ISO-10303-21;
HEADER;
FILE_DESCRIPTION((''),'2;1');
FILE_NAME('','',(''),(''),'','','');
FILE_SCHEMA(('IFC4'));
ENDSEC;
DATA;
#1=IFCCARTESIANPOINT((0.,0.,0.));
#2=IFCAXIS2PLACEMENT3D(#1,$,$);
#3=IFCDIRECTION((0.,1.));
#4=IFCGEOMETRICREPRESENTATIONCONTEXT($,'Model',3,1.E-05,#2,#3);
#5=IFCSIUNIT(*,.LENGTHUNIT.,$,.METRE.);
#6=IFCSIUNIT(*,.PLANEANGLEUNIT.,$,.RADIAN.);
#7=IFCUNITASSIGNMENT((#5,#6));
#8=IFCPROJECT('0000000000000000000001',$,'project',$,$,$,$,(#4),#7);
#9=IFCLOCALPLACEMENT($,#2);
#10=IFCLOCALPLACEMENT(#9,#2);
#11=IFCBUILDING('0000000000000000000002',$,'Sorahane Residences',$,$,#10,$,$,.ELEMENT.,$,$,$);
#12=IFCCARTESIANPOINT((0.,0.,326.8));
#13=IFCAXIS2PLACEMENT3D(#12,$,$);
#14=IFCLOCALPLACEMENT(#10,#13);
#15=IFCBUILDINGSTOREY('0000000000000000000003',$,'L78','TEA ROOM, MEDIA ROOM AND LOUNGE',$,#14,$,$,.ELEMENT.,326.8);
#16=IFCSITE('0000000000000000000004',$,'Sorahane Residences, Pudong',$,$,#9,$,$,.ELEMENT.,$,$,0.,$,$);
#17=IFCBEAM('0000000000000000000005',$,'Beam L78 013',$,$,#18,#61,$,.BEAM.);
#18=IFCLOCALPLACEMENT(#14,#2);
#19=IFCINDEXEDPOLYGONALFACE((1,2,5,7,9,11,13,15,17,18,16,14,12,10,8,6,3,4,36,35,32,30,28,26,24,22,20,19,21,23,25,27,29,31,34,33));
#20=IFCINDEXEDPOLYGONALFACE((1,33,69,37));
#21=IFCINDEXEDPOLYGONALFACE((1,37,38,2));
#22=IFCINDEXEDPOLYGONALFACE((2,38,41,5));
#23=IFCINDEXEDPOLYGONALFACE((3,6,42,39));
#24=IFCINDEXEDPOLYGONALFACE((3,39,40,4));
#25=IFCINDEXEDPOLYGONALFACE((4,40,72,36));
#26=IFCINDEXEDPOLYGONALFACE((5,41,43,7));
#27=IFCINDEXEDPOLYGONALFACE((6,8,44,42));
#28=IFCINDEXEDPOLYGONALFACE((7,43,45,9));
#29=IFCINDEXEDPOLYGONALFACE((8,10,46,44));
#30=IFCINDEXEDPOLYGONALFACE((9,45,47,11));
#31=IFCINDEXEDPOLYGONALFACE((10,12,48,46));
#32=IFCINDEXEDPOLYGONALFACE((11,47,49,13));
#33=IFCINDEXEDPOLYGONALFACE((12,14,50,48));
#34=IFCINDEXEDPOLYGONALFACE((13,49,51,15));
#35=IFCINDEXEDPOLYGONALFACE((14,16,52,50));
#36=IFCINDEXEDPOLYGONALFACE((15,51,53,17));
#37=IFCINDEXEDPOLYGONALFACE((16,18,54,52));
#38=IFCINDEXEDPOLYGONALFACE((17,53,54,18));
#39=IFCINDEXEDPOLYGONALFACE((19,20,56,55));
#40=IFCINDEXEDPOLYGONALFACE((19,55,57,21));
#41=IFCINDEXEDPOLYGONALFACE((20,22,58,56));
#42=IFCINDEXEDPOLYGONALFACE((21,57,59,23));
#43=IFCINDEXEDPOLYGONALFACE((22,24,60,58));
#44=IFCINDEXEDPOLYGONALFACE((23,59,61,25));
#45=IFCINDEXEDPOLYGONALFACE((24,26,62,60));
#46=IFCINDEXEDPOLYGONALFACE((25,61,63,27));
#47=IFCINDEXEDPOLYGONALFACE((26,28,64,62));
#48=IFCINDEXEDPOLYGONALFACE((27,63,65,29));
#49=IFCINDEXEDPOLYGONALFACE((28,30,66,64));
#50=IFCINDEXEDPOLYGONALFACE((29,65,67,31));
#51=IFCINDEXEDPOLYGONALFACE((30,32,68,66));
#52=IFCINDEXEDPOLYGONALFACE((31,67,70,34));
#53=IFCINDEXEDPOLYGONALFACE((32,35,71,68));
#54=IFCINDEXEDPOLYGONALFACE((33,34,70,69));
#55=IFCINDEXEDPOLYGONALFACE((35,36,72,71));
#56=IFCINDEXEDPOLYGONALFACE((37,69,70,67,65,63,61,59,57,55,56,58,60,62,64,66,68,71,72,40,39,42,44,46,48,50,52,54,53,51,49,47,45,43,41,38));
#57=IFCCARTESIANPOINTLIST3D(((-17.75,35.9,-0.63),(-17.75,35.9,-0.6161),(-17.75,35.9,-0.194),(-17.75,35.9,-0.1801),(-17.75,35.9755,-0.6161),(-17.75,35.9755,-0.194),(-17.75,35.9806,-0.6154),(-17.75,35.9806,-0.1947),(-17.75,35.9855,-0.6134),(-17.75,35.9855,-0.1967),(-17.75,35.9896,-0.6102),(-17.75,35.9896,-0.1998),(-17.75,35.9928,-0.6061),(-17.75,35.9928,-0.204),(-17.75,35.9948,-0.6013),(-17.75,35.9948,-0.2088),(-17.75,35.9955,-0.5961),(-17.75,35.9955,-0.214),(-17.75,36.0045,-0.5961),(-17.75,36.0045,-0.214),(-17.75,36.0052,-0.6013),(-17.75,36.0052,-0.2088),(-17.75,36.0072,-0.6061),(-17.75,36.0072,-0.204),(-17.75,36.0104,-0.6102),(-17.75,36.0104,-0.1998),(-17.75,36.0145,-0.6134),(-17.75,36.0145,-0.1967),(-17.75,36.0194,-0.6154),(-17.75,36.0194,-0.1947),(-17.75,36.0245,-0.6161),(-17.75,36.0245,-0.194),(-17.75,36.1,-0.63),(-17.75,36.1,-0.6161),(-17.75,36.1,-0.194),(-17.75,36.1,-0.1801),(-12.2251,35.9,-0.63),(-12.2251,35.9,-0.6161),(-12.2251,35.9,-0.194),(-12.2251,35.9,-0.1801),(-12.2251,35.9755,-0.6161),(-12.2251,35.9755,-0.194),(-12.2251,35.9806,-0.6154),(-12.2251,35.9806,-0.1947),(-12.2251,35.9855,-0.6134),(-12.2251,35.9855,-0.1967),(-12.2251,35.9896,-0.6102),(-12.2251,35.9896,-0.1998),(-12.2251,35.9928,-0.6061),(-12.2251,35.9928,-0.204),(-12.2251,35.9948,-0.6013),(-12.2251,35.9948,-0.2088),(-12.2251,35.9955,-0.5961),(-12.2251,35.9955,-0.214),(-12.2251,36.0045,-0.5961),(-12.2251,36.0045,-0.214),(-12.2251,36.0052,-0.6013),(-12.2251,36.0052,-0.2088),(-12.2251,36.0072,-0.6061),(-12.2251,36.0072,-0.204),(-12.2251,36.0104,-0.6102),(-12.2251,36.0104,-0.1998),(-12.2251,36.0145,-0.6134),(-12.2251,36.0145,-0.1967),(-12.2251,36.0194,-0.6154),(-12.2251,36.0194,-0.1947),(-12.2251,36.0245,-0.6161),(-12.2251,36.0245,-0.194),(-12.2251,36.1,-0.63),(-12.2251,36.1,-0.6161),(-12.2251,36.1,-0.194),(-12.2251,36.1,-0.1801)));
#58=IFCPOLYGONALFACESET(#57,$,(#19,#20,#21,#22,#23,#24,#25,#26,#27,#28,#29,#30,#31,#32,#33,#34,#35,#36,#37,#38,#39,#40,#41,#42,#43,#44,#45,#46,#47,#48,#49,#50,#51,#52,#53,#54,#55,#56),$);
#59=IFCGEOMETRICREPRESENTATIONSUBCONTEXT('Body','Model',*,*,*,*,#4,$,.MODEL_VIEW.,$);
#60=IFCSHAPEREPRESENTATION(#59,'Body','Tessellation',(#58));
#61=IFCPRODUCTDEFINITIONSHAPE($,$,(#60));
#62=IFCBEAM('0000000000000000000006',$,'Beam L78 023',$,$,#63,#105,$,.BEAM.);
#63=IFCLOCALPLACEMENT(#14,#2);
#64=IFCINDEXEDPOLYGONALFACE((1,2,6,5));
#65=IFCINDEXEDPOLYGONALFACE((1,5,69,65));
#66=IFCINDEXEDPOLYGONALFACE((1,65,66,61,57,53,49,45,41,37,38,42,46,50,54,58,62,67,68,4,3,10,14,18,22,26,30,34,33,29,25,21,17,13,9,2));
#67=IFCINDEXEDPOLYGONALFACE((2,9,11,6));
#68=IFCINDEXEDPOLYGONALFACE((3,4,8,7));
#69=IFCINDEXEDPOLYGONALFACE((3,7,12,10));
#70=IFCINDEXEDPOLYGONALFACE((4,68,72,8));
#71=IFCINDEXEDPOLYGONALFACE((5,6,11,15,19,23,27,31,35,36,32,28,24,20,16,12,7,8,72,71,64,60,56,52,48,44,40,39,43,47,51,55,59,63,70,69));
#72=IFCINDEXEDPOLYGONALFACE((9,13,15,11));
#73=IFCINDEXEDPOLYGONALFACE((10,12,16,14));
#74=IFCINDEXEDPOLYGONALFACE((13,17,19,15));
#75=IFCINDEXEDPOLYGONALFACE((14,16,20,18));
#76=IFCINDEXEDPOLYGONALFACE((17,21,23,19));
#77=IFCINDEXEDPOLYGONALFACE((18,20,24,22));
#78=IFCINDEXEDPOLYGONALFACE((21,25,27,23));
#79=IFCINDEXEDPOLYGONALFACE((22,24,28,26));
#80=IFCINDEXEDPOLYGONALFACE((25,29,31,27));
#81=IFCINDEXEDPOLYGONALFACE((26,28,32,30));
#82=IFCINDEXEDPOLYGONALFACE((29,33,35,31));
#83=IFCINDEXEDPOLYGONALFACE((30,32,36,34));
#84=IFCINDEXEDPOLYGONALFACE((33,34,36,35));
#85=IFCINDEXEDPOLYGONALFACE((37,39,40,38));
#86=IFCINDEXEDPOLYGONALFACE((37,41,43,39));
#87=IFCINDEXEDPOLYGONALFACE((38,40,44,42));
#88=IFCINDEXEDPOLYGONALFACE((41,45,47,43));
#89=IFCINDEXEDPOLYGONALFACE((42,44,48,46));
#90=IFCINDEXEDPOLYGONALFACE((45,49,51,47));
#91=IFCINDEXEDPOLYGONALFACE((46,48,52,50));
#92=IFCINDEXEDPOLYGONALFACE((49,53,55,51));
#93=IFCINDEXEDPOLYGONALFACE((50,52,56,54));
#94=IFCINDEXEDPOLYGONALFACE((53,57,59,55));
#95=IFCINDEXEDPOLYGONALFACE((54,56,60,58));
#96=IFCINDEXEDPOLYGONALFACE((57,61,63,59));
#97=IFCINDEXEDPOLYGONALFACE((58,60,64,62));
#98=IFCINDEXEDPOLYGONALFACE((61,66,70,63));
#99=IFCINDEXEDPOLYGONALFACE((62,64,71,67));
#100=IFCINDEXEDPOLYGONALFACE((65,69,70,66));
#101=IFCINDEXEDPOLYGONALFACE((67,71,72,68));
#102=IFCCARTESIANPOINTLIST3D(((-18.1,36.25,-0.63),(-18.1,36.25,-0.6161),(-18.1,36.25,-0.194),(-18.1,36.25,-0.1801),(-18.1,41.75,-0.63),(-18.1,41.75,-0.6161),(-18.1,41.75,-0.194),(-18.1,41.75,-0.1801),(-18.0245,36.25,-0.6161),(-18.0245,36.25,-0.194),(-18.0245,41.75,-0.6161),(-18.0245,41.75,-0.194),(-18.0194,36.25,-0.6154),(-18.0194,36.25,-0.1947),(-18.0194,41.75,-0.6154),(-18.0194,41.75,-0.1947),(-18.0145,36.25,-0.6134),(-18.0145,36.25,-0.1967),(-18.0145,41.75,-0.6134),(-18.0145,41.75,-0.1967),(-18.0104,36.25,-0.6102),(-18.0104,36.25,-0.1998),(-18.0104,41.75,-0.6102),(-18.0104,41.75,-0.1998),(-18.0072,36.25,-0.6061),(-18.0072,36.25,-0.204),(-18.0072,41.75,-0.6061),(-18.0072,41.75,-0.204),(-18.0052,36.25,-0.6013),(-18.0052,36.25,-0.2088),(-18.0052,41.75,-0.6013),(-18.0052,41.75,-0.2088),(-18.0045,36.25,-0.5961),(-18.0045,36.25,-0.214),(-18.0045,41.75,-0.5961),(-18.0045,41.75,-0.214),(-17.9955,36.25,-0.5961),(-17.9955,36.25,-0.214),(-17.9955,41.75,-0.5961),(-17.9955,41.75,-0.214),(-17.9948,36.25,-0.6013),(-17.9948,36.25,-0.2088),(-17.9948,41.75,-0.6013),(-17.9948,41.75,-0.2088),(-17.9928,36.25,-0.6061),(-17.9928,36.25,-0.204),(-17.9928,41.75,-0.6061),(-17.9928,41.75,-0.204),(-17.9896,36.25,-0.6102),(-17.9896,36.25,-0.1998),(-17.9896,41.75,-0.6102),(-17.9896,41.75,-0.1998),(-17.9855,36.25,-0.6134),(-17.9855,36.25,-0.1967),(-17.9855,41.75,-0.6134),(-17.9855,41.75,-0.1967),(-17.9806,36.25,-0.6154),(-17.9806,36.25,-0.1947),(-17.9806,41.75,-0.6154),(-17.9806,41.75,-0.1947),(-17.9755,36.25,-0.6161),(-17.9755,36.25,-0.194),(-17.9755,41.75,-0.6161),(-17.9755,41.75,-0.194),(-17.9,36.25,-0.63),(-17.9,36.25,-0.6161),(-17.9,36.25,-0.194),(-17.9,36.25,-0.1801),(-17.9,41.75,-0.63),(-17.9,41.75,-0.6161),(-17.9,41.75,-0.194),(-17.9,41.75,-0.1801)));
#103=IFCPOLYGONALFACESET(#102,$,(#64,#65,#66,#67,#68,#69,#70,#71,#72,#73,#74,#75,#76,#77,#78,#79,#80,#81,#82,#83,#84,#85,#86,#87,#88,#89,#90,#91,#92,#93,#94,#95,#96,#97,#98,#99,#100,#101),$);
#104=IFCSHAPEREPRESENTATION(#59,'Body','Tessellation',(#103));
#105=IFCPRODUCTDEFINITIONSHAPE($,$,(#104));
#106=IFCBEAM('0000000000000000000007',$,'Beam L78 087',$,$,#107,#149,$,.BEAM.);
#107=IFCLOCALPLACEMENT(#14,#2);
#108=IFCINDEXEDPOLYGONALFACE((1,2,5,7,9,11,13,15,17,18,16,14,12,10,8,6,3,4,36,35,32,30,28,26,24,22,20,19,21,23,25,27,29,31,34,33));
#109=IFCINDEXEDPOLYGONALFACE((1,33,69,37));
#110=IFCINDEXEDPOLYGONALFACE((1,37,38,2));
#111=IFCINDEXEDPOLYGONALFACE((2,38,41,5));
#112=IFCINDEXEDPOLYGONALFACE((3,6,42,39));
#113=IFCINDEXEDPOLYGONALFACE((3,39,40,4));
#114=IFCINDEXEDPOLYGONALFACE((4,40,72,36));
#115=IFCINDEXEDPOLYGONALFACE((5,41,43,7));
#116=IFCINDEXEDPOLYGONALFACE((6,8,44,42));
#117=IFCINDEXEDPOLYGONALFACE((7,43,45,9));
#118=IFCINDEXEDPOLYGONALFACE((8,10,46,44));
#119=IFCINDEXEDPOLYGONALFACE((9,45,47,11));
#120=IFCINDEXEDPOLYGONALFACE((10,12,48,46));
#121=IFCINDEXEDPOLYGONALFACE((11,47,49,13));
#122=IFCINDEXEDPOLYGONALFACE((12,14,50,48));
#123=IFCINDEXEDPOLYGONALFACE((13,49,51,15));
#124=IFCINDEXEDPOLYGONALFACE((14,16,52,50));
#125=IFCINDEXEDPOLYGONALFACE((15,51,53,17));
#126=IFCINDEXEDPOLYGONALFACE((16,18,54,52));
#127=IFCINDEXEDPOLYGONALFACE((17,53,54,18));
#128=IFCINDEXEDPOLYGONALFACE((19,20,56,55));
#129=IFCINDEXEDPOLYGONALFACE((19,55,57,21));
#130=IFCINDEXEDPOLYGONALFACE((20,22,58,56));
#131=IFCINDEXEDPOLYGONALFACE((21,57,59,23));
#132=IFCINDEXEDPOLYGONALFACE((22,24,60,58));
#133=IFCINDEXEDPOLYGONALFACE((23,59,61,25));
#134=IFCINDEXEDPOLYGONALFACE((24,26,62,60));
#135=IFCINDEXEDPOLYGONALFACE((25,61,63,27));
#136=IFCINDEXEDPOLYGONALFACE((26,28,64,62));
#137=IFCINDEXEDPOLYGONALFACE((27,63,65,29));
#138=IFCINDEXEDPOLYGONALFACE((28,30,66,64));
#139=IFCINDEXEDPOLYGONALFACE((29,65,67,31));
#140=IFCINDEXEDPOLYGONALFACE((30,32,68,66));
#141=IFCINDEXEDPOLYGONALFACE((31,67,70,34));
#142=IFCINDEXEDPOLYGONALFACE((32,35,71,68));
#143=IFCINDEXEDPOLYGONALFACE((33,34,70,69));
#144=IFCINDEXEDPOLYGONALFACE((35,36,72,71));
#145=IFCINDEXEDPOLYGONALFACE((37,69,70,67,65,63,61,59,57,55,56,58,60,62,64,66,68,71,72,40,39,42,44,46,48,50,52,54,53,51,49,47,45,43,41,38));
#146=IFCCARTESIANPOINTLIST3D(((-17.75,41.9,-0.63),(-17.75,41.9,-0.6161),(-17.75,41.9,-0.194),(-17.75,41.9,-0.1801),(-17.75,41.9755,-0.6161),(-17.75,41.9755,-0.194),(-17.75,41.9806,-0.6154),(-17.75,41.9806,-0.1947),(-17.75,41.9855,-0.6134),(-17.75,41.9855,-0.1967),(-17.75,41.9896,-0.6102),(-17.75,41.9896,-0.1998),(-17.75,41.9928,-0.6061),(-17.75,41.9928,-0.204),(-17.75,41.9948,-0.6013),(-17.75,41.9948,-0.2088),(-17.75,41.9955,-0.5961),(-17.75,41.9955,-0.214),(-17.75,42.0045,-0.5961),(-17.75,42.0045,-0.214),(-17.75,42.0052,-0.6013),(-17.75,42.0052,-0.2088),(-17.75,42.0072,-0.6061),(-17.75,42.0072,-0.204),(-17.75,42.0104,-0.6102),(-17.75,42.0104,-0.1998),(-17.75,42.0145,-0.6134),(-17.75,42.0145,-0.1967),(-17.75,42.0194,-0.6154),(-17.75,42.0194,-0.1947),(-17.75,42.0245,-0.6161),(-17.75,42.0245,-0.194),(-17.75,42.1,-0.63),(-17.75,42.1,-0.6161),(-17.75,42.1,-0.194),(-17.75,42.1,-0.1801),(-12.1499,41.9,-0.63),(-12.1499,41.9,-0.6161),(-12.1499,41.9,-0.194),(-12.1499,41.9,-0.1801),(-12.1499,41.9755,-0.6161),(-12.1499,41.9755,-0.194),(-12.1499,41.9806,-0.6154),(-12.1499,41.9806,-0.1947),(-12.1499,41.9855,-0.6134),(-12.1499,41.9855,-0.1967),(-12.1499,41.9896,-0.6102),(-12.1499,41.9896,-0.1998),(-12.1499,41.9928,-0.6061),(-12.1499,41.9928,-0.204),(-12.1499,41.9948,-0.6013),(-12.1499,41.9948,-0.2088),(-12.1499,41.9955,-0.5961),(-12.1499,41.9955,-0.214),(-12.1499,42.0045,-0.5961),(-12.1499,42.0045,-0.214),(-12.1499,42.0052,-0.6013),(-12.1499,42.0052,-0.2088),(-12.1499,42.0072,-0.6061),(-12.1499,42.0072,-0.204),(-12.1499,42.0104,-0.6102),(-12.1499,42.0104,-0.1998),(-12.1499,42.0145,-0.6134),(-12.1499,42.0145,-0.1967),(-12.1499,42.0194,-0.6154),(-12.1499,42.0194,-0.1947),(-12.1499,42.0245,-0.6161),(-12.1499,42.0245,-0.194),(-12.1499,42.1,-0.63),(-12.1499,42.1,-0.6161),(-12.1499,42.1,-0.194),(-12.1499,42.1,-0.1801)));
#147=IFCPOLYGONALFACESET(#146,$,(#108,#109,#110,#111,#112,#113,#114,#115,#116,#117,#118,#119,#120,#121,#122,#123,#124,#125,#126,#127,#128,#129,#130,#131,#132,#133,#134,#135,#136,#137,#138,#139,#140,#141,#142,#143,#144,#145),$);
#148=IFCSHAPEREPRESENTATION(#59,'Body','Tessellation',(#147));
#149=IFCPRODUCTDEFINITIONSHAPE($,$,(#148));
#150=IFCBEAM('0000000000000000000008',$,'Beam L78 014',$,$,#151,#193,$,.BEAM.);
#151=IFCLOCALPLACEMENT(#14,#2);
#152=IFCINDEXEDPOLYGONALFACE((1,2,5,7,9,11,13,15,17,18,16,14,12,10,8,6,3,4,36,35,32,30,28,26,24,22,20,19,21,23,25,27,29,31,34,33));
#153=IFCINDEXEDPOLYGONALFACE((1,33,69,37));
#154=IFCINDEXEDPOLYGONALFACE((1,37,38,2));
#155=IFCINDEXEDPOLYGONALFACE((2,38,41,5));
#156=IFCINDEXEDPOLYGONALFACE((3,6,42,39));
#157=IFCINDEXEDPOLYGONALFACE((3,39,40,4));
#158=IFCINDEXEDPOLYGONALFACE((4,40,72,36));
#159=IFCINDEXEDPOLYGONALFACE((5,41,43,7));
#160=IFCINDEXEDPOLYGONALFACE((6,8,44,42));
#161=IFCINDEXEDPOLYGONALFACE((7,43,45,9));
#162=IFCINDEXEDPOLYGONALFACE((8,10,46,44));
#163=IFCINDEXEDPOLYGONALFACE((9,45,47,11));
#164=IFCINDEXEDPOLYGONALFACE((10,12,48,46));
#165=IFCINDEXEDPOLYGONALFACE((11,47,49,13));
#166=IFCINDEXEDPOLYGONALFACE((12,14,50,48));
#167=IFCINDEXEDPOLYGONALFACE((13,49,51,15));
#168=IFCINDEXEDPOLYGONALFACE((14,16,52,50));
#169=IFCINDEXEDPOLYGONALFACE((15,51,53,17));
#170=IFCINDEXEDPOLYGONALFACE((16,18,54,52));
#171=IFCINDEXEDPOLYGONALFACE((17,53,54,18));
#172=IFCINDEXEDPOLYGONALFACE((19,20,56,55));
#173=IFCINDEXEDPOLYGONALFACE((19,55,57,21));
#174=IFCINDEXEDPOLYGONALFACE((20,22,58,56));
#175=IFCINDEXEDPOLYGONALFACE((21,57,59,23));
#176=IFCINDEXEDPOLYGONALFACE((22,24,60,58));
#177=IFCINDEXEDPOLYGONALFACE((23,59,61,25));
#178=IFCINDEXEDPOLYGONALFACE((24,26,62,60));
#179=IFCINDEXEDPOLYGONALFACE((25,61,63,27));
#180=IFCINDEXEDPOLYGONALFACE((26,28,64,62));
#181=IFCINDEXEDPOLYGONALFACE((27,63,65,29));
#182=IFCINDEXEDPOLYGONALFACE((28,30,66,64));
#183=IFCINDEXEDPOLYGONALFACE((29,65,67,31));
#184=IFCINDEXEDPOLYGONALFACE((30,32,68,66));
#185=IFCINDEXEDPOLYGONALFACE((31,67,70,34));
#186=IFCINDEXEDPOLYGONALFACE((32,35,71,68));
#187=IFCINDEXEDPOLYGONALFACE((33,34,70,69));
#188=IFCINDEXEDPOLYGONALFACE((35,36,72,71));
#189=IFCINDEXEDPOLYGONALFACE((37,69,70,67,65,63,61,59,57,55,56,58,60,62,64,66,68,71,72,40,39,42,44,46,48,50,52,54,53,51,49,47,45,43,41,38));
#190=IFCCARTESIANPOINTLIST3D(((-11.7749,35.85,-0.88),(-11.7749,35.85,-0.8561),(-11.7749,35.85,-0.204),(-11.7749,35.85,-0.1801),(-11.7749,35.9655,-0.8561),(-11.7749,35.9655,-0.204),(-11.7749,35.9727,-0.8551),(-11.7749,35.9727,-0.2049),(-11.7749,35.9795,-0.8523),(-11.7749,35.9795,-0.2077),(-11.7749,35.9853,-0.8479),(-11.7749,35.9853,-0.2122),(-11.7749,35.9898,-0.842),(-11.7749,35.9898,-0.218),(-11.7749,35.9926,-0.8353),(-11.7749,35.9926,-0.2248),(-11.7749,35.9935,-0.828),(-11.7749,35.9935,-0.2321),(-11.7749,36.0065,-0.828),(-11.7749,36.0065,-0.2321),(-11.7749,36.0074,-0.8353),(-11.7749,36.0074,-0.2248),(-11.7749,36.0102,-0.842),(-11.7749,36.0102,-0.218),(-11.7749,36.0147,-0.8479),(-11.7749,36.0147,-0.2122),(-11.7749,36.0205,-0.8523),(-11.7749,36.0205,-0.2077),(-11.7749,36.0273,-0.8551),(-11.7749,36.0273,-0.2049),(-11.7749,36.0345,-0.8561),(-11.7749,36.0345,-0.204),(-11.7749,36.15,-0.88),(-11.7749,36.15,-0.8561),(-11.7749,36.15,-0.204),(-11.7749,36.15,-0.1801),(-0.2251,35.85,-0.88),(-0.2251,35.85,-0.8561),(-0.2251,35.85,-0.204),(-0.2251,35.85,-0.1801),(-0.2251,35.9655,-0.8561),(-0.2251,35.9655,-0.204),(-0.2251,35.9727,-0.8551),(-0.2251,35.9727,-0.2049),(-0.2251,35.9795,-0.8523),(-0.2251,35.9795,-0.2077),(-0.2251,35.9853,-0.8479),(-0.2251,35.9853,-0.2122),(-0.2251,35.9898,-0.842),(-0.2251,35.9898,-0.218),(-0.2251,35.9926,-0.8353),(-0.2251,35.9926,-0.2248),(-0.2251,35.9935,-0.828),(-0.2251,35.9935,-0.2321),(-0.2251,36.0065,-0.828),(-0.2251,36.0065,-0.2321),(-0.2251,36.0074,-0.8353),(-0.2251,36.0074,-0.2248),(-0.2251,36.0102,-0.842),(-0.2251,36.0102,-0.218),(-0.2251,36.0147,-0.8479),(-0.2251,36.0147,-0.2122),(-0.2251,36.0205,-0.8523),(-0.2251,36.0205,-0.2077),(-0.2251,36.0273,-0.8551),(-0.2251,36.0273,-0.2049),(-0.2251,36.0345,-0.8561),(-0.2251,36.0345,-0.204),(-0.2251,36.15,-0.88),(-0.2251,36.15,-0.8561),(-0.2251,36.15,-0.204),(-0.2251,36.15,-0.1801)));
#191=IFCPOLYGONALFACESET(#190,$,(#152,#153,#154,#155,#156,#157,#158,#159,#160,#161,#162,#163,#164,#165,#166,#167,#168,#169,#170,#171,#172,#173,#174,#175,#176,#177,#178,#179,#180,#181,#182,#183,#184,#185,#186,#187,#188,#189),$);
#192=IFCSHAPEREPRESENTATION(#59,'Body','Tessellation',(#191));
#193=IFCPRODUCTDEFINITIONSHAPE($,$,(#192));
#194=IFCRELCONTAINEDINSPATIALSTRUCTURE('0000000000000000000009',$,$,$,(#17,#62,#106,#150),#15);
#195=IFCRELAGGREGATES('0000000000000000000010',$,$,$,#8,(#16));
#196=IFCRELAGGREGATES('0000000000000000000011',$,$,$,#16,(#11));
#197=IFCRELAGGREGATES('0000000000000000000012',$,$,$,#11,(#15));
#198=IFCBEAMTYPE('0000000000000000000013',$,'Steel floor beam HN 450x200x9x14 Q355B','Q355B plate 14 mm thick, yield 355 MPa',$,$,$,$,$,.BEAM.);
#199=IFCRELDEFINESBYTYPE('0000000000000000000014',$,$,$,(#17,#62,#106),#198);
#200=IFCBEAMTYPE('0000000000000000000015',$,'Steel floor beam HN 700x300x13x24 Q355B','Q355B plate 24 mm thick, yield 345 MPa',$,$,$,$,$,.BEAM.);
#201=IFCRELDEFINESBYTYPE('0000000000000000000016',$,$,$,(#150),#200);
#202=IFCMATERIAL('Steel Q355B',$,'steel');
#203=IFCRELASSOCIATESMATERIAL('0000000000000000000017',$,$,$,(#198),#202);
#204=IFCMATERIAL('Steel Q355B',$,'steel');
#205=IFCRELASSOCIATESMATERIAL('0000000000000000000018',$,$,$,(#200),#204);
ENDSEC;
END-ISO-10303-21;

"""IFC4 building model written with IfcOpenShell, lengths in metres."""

from ifc_helpers import new_model, si_unit, direction, frame, origin, origin_2d, place, context, subcontext, project, spatial, i_section, extrude, material, material_profile, profile_set, type_object, element, save


model = new_model("IFC4")

# Units and contexts
model_context = context("Model", 3, precision=1e-05, world=origin(), true_north=direction((0.0, 1.0)))
body_context = subcontext(model_context, "Body", "Model", "MODEL_VIEW")
ifc_project = project(units=[si_unit("LENGTHUNIT", "METRE"), si_unit("PLANEANGLEUNIT", "RADIAN")], contexts=[model_context])

# Site, building, storey
site_placement = place(None, origin())
site = spatial("IfcSite", under=ifc_project, at=site_placement, Name="Sorahane Residences, Pudong", CompositionType="ELEMENT", RefElevation=0.0)
building_placement = place(site_placement, origin())
building = spatial("IfcBuilding", under=site, at=building_placement, Name="Sorahane Residences", CompositionType="ELEMENT")
storey_placement = place(building_placement, frame((0.0, 0.0, 326.8)))
storey = spatial("IfcBuildingStorey", under=building, at=storey_placement, Name="L78", Description="TEA ROOM, MEDIA ROOM AND LOUNGE", CompositionType="ELEMENT", Elevation=326.8)

# Beams
ifc_material_1 = material(Name="Steel Q355B", Category="steel")
ifc_material_profile_1 = material_profile(ifc_material_1, i_section(OverallWidth=0.2, OverallDepth=0.45, WebThickness=0.009, FlangeThickness=0.0139, FilletRadius=0.02, at=origin_2d()), Name="HN 450x200x9x14")
ifc_profile_set_1 = profile_set([ifc_material_profile_1], Name="Steel Q355B")
beam_type_1 = type_object("IfcBeamType", Name="Steel floor beam HN 450x200x9x14 Q355B", Description="Q355B plate 14 mm thick, yield 355 MPa", PredefinedType="BEAM", material=ifc_profile_set_1)
beam_1_placement = place(storey_placement, frame((-17.75, 36.0, -0.405), z_axis=(1.0, 0.0, 0.0), x_axis=(0.0, 1.0, 0.0)))
element("IfcBeam", 1, at=beam_1_placement, inside=storey, type_object=beam_type_1, Name="Beam L78 013", PredefinedType="BEAM", context=body_context, shape_type="SweptSolid", body=[
    extrude(i_section(OverallWidth=0.2, OverallDepth=0.45, WebThickness=0.009, FlangeThickness=0.0139, FilletRadius=0.02, at=origin_2d()), origin(), (0.0, 0.0, 1.0), 5.5249),
])
beam_2_placement = place(storey_placement, frame((-18.0, 36.25, -0.405), z_axis=(0.0, 1.0, 0.0), x_axis=(-1.0, 0.0, 0.0)))
element("IfcBeam", 2, at=beam_2_placement, inside=storey, type_object=beam_type_1, Name="Beam L78 023", PredefinedType="BEAM", context=body_context, shape_type="SweptSolid", body=[
    extrude(i_section(OverallWidth=0.2, OverallDepth=0.45, WebThickness=0.009, FlangeThickness=0.0139, FilletRadius=0.02, at=origin_2d()), origin(), (0.0, 0.0, 1.0), 5.5),
])
beam_3_placement = place(storey_placement, frame((-17.75, 42.0, -0.405), z_axis=(1.0, 0.0, 0.0), x_axis=(0.0, 1.0, 0.0)))
element("IfcBeam", 3, at=beam_3_placement, inside=storey, type_object=beam_type_1, Name="Beam L78 087", PredefinedType="BEAM", context=body_context, shape_type="SweptSolid", body=[
    extrude(i_section(OverallWidth=0.2, OverallDepth=0.45, WebThickness=0.009, FlangeThickness=0.0139, FilletRadius=0.02, at=origin_2d()), origin(), (0.0, 0.0, 1.0), 5.6001),
])
ifc_material_2 = material(Name="Steel Q355B", Category="steel")
ifc_material_profile_2 = material_profile(ifc_material_2, i_section(OverallWidth=0.3, OverallDepth=0.7, WebThickness=0.0129, FlangeThickness=0.0239, FilletRadius=0.0281, at=origin_2d()), Name="HN 700x300x13x24")
ifc_profile_set_2 = profile_set([ifc_material_profile_2], Name="Steel Q355B")
beam_type_2 = type_object("IfcBeamType", Name="Steel floor beam HN 700x300x13x24 Q355B", Description="Q355B plate 24 mm thick, yield 345 MPa", PredefinedType="BEAM", material=ifc_profile_set_2)
beam_4_placement = place(storey_placement, frame((-11.7749, 36.0, -0.53), z_axis=(1.0, 0.0, 0.0), x_axis=(0.0, 1.0, 0.0)))
element("IfcBeam", 4, at=beam_4_placement, inside=storey, type_object=beam_type_2, Name="Beam L78 014", PredefinedType="BEAM", context=body_context, shape_type="SweptSolid", body=[
    extrude(i_section(OverallWidth=0.3, OverallDepth=0.7, WebThickness=0.0129, FlangeThickness=0.0239, FilletRadius=0.0281, at=origin_2d()), origin(), (0.0, 0.0, 1.0), 11.5498),
])

save(model, "model.ifc")
